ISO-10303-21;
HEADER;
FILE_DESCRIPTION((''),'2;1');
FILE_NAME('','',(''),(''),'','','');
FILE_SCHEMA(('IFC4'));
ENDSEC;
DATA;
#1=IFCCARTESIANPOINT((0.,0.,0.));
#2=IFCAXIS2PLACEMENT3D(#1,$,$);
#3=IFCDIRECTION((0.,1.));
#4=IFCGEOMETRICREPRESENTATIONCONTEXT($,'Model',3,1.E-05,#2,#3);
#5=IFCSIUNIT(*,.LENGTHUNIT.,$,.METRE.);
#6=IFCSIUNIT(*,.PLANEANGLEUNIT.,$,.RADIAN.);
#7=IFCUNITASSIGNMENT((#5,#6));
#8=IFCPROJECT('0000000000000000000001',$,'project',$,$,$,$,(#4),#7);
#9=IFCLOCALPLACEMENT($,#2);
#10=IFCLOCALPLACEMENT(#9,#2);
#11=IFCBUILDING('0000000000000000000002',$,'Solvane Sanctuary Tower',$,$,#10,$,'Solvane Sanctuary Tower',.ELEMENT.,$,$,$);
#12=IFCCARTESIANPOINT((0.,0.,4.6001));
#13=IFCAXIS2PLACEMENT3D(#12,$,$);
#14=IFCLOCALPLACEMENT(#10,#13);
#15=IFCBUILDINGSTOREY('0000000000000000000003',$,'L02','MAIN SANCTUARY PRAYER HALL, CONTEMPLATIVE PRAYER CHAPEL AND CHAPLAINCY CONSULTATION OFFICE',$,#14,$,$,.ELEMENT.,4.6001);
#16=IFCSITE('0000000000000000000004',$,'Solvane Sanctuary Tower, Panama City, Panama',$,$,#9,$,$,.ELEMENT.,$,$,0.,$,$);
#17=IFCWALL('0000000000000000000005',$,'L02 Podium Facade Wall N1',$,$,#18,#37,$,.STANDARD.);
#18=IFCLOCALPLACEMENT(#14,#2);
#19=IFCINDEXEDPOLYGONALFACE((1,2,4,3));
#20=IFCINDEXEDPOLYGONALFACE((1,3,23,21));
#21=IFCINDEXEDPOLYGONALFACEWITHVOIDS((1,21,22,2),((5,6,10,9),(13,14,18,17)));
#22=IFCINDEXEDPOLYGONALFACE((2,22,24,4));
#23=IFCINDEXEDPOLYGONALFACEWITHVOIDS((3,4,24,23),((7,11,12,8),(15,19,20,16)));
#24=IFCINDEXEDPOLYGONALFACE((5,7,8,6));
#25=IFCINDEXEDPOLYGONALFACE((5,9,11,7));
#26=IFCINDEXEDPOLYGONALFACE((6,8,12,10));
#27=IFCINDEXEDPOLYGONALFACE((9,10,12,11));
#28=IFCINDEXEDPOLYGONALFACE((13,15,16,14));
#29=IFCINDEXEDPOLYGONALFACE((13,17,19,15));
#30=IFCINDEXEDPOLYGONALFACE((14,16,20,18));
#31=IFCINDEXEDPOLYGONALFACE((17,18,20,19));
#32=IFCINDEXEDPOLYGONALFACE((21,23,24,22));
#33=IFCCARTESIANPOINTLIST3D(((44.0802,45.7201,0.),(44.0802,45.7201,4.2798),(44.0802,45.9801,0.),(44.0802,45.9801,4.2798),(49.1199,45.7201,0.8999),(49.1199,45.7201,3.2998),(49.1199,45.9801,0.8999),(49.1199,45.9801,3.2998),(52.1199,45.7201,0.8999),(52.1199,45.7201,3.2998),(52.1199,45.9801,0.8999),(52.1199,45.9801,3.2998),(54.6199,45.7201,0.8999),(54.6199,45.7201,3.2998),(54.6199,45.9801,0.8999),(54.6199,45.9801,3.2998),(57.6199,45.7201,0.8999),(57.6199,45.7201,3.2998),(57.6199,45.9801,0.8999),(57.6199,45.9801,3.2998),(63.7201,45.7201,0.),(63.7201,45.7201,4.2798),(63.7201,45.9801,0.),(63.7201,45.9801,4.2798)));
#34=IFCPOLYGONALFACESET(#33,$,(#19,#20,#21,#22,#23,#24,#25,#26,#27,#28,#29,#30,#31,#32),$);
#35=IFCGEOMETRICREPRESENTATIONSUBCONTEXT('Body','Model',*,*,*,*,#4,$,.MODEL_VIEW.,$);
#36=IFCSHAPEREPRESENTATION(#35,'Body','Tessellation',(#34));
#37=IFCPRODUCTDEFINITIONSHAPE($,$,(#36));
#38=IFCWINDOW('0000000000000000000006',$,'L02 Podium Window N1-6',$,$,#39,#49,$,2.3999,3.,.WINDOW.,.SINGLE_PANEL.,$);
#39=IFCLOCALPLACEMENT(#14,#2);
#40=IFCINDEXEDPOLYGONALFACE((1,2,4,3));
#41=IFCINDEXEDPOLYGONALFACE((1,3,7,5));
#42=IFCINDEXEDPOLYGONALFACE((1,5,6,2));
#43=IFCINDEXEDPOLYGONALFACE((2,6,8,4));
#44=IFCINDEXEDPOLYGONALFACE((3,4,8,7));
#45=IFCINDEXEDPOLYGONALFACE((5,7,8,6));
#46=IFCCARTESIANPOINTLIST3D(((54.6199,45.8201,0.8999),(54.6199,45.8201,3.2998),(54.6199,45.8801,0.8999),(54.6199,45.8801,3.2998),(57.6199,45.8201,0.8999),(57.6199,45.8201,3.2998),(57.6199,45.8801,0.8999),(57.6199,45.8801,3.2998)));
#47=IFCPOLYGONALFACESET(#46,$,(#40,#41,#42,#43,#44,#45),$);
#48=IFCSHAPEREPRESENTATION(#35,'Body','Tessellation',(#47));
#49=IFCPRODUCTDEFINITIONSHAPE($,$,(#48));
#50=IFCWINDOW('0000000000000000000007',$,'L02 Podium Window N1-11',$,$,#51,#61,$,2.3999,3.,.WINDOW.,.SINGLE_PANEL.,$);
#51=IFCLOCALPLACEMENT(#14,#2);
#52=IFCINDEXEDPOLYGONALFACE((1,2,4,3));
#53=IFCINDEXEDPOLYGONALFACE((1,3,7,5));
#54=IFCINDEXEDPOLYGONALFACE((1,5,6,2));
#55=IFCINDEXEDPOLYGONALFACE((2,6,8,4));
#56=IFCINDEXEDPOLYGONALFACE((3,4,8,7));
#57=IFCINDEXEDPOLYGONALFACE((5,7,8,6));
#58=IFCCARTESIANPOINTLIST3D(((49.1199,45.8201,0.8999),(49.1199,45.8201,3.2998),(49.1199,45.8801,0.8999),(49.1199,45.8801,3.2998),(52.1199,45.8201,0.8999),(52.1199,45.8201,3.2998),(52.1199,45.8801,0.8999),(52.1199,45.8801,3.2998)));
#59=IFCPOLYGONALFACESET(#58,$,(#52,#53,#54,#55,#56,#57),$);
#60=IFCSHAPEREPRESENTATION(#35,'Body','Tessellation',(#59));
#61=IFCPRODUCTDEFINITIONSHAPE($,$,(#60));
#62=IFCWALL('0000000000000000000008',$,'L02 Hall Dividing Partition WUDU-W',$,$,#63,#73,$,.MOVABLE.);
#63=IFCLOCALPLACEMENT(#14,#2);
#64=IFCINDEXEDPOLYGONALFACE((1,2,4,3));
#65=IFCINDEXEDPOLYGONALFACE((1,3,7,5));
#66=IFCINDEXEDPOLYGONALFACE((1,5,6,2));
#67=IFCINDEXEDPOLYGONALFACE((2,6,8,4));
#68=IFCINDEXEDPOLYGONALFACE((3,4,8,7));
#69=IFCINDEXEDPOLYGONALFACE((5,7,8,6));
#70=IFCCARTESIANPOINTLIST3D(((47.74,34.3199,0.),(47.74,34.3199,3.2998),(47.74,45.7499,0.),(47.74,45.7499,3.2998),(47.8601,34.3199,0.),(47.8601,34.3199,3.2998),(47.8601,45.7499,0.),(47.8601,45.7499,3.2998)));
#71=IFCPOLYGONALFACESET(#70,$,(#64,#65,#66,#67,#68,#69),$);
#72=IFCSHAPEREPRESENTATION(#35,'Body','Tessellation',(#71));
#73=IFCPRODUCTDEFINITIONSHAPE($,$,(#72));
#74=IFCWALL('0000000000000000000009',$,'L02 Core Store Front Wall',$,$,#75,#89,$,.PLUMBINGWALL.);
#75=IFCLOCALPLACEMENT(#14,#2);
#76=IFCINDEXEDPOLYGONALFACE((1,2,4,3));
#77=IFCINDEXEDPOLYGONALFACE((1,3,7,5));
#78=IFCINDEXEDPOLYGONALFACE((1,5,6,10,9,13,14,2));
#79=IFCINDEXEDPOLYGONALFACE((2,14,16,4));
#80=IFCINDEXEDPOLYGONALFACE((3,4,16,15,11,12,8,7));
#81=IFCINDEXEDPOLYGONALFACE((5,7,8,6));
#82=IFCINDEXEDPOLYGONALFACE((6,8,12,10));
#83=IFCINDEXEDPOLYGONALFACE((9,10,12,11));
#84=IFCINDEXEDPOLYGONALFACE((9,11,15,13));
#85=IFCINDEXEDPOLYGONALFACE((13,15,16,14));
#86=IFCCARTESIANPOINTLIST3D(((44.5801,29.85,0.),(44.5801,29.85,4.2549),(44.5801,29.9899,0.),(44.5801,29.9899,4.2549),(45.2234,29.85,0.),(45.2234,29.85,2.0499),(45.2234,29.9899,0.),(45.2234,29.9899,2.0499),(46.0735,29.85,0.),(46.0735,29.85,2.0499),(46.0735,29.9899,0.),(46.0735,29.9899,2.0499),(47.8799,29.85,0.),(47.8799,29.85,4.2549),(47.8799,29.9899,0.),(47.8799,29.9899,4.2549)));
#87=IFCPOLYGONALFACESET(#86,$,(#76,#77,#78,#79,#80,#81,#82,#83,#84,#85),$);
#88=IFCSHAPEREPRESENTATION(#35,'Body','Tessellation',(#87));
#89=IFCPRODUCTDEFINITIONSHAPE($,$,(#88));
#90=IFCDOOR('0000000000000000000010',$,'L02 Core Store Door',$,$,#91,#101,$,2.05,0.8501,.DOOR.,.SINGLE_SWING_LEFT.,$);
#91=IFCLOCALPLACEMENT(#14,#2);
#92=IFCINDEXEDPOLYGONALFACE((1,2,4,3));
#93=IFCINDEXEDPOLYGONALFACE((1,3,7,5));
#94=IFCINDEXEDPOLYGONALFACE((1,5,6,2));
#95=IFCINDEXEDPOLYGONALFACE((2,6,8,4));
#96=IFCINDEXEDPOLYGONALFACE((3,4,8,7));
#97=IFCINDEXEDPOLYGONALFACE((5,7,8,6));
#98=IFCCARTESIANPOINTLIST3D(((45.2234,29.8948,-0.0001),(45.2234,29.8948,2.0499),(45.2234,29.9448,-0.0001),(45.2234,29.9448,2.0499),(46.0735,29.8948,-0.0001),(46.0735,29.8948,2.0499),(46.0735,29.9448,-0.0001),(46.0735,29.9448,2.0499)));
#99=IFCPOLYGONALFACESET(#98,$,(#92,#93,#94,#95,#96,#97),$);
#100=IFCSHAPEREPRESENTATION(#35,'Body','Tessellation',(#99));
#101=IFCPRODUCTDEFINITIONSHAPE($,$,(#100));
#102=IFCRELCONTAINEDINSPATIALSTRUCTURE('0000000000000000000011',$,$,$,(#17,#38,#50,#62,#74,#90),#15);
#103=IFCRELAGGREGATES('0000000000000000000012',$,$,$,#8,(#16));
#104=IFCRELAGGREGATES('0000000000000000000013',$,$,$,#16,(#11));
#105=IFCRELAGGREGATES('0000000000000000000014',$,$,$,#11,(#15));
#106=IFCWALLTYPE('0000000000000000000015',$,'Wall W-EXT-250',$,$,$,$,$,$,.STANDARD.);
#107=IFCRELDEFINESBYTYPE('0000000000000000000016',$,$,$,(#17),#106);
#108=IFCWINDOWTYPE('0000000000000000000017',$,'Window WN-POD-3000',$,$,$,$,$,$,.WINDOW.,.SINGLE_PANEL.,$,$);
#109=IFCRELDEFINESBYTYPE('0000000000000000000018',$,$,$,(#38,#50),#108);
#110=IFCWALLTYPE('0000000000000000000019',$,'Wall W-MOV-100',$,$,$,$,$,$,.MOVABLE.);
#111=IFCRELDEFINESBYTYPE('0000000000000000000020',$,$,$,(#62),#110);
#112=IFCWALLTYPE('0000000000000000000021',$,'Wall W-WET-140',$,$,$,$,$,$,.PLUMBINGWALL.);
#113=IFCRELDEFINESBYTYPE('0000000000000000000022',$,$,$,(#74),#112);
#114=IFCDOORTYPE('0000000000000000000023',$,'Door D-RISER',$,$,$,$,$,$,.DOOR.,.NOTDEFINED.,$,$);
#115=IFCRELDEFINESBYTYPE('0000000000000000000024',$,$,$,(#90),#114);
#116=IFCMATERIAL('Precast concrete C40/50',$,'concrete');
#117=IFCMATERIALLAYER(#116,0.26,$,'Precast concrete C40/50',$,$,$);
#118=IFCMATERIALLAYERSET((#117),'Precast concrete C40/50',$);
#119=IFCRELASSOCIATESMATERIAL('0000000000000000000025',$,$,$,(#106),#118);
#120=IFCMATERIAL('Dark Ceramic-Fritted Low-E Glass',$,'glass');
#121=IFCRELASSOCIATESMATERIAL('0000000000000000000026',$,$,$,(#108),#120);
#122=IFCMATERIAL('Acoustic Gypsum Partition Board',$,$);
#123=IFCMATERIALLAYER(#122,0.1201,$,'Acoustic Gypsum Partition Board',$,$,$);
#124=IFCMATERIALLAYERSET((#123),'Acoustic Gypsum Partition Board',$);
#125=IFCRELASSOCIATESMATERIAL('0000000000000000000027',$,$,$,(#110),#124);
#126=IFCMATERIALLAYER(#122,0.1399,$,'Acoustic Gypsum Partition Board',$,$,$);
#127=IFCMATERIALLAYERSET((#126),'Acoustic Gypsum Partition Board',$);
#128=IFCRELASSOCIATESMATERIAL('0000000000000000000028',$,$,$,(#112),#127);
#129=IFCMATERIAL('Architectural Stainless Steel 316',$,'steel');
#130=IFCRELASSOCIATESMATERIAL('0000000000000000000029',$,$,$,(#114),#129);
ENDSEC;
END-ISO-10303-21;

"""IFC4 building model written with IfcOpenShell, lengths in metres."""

from ifc_helpers import new_model, si_unit, direction, frame, frame_2d, origin, place, context, subcontext, project, spatial, rectangle, extrude, material, layer, layer_set, type_object, element, fill, save


model = new_model("IFC4")

# Units and contexts
model_context = context("Model", 3, precision=1e-05, world=origin(), true_north=direction((0.0, 1.0)))
body_context = subcontext(model_context, "Body", "Model", "MODEL_VIEW")
ifc_project = project(units=[si_unit("LENGTHUNIT", "METRE"), si_unit("PLANEANGLEUNIT", "RADIAN")], contexts=[model_context])

# Site, building, storey
site_placement = place(None, origin())
site = spatial("IfcSite", under=ifc_project, at=site_placement, Name="Solvane Sanctuary Tower, Panama City, Panama", CompositionType="ELEMENT", RefElevation=0.0)
building_placement = place(site_placement, origin())
building = spatial("IfcBuilding", under=site, at=building_placement, Name="Solvane Sanctuary Tower", LongName="Solvane Sanctuary Tower", CompositionType="ELEMENT")
storey_placement = place(building_placement, frame((0.0, 0.0, 4.6001)))
storey = spatial("IfcBuildingStorey", under=building, at=storey_placement, Name="L02", Description="MAIN SANCTUARY PRAYER HALL, CONTEMPLATIVE PRAYER CHAPEL AND CHAPLAINCY CONSULTATION OFFICE", CompositionType="ELEMENT", Elevation=4.6001)

# Shared definitions
ifc_material_1 = material(Name="Dark Ceramic-Fritted Low-E Glass", Category="glass")

# Shared definitions
ifc_material_2 = material(Name="Acoustic Gypsum Partition Board")

# Wall, openings, windows
ifc_material_3 = material(Name="Precast concrete C40/50", Category="concrete")
ifc_layer_1 = layer(ifc_material_3, 0.26, Name="Precast concrete C40/50")
ifc_layer_set_1 = layer_set([ifc_layer_1], Name="Precast concrete C40/50")
wall_type_1 = type_object("IfcWallType", Name="Wall W-EXT-250", PredefinedType="STANDARD", material=ifc_layer_set_1)
wall_1_placement = place(storey_placement, frame((63.72, 45.8501, 0.0), z_axis=(0.0, 0.0, 1.0), x_axis=(-1.0, 0.0, 0.0)))
wall_1 = element("IfcWall", 1, at=wall_1_placement, inside=storey, type_object=wall_type_1, Name="L02 Podium Facade Wall N1", PredefinedType="STANDARD", context=body_context, shape_type="SweptSolid", body=[
    extrude(rectangle(XDim=19.6399, YDim=0.26, at=frame_2d((9.8198, 0.0))), origin(), (0.0, 0.0, 1.0), 4.2798),
])
opening_1_placement = place(wall_1_placement, frame((6.1001, 0.0, 0.8999)))
opening_1 = element("IfcOpeningElement", 2, at=opening_1_placement, cuts=wall_1, PredefinedType="OPENING", context=body_context, shape_type="SweptSolid", body=[
    extrude(rectangle(XDim=3.0, YDim=2.3999, at=frame_2d((1.5, 1.2))), frame((0.0, 0.1399, 0.0), z_axis=(0.0, -1.0, 0.0), x_axis=(1.0, 0.0, 0.0)), (0.0, 0.0, 1.0), 0.28),
])
opening_2_placement = place(wall_1_placement, frame((11.6001, 0.0, 0.8999)))
opening_2 = element("IfcOpeningElement", 3, at=opening_2_placement, cuts=wall_1, PredefinedType="OPENING", context=body_context, shape_type="SweptSolid", body=[
    extrude(rectangle(XDim=3.0, YDim=2.3999, at=frame_2d((1.5, 1.2))), frame((0.0, 0.1399, 0.0), z_axis=(0.0, -1.0, 0.0), x_axis=(1.0, 0.0, 0.0)), (0.0, 0.0, 1.0), 0.28),
])
window_type = type_object("IfcWindowType", Name="Window WN-POD-3000", PartitioningType="SINGLE_PANEL", PredefinedType="WINDOW", material=ifc_material_1)
window_1_placement = place(opening_1_placement, origin())
window_1 = element("IfcWindow", 4, at=window_1_placement, inside=storey, type_object=window_type, Name="L02 Podium Window N1-6", OverallHeight=2.3999, OverallWidth=3.0, PartitioningType="SINGLE_PANEL", PredefinedType="WINDOW", context=body_context, shape_type="SweptSolid", body=[
    extrude(rectangle(XDim=3.0, YDim=2.3999, at=frame_2d((1.5, 1.2))), frame((0.0, 0.03, 0.0), z_axis=(0.0, -1.0, 0.0), x_axis=(1.0, 0.0, 0.0)), (0.0, 0.0, 1.0), 0.0601),
])
fill(opening_1, window_1)
window_2_placement = place(opening_2_placement, origin())
window_2 = element("IfcWindow", 5, at=window_2_placement, inside=storey, type_object=window_type, Name="L02 Podium Window N1-11", OverallHeight=2.3999, OverallWidth=3.0, PartitioningType="SINGLE_PANEL", PredefinedType="WINDOW", context=body_context, shape_type="SweptSolid", body=[
    extrude(rectangle(XDim=3.0, YDim=2.3999, at=frame_2d((1.5, 1.2))), frame((0.0, 0.03, 0.0), z_axis=(0.0, -1.0, 0.0), x_axis=(1.0, 0.0, 0.0)), (0.0, 0.0, 1.0), 0.0601),
])
fill(opening_2, window_2)

# Wall
ifc_layer_2 = layer(ifc_material_2, 0.1201, Name="Acoustic Gypsum Partition Board")
ifc_layer_set_2 = layer_set([ifc_layer_2], Name="Acoustic Gypsum Partition Board")
wall_type_2 = type_object("IfcWallType", Name="Wall W-MOV-100", PredefinedType="MOVABLE", material=ifc_layer_set_2)
wall_2_placement = place(storey_placement, frame((47.8, 34.3201, 0.0), z_axis=(0.0, 0.0, 1.0), x_axis=(0.0, 1.0, 0.0)))
element("IfcWall", 6, at=wall_2_placement, inside=storey, type_object=wall_type_2, Name="L02 Hall Dividing Partition WUDU-W", PredefinedType="MOVABLE", context=body_context, shape_type="SweptSolid", body=[
    extrude(rectangle(XDim=11.4299, YDim=0.1201, at=frame_2d((5.7148, 0.0))), origin(), (0.0, 0.0, 1.0), 3.2998),
])

# Wall, opening, door
ifc_layer_3 = layer(ifc_material_2, 0.1399, Name="Acoustic Gypsum Partition Board")
ifc_layer_set_3 = layer_set([ifc_layer_3], Name="Acoustic Gypsum Partition Board")
wall_type_3 = type_object("IfcWallType", Name="Wall W-WET-140", PredefinedType="PLUMBINGWALL", material=ifc_layer_set_3)
wall_3_placement = place(storey_placement, frame((44.5801, 29.9199, 0.0), z_axis=(0.0, 0.0, 1.0), x_axis=(1.0, 0.0, 0.0)))
wall_3 = element("IfcWall", 7, at=wall_3_placement, inside=storey, type_object=wall_type_3, Name="L02 Core Store Front Wall", PredefinedType="PLUMBINGWALL", context=body_context, shape_type="SweptSolid", body=[
    extrude(rectangle(XDim=3.2998, YDim=0.1399, at=frame_2d((1.6499, 0.0))), origin(), (0.0, 0.0, 1.0), 4.2549),
])
opening_3_placement = place(wall_3_placement, frame((0.6433, 0.0, 0.0)))
opening_3 = element("IfcOpeningElement", 8, at=opening_3_placement, cuts=wall_3, PredefinedType="OPENING", context=body_context, shape_type="SweptSolid", body=[
    extrude(rectangle(XDim=0.8501, YDim=2.05, at=frame_2d((0.425, 1.0249))), frame((0.0, 0.0798, 0.0), z_axis=(0.0, -1.0, 0.0), x_axis=(1.0, 0.0, 0.0)), (0.0, 0.0, 1.0), 0.1599),
])
ifc_material_4 = material(Name="Architectural Stainless Steel 316", Category="steel")
door_type = type_object("IfcDoorType", Name="Door D-RISER", OperationType="NOTDEFINED", PredefinedType="DOOR", material=ifc_material_4)
door_placement = place(opening_3_placement, origin())
door = element("IfcDoor", 9, at=door_placement, inside=storey, type_object=door_type, Name="L02 Core Store Door", OperationType="SINGLE_SWING_LEFT", OverallHeight=2.05, OverallWidth=0.8501, PredefinedType="DOOR", context=body_context, shape_type="SweptSolid", body=[
    extrude(rectangle(XDim=0.8501, YDim=2.05, at=frame_2d((0.425, 1.0249))), frame((0.0, 0.0249, 0.0), z_axis=(0.0, -1.0, 0.0), x_axis=(1.0, 0.0, 0.0)), (0.0, 0.0, 1.0), 0.05),
])
fill(opening_3, door)

save(model, "model.ifc")
